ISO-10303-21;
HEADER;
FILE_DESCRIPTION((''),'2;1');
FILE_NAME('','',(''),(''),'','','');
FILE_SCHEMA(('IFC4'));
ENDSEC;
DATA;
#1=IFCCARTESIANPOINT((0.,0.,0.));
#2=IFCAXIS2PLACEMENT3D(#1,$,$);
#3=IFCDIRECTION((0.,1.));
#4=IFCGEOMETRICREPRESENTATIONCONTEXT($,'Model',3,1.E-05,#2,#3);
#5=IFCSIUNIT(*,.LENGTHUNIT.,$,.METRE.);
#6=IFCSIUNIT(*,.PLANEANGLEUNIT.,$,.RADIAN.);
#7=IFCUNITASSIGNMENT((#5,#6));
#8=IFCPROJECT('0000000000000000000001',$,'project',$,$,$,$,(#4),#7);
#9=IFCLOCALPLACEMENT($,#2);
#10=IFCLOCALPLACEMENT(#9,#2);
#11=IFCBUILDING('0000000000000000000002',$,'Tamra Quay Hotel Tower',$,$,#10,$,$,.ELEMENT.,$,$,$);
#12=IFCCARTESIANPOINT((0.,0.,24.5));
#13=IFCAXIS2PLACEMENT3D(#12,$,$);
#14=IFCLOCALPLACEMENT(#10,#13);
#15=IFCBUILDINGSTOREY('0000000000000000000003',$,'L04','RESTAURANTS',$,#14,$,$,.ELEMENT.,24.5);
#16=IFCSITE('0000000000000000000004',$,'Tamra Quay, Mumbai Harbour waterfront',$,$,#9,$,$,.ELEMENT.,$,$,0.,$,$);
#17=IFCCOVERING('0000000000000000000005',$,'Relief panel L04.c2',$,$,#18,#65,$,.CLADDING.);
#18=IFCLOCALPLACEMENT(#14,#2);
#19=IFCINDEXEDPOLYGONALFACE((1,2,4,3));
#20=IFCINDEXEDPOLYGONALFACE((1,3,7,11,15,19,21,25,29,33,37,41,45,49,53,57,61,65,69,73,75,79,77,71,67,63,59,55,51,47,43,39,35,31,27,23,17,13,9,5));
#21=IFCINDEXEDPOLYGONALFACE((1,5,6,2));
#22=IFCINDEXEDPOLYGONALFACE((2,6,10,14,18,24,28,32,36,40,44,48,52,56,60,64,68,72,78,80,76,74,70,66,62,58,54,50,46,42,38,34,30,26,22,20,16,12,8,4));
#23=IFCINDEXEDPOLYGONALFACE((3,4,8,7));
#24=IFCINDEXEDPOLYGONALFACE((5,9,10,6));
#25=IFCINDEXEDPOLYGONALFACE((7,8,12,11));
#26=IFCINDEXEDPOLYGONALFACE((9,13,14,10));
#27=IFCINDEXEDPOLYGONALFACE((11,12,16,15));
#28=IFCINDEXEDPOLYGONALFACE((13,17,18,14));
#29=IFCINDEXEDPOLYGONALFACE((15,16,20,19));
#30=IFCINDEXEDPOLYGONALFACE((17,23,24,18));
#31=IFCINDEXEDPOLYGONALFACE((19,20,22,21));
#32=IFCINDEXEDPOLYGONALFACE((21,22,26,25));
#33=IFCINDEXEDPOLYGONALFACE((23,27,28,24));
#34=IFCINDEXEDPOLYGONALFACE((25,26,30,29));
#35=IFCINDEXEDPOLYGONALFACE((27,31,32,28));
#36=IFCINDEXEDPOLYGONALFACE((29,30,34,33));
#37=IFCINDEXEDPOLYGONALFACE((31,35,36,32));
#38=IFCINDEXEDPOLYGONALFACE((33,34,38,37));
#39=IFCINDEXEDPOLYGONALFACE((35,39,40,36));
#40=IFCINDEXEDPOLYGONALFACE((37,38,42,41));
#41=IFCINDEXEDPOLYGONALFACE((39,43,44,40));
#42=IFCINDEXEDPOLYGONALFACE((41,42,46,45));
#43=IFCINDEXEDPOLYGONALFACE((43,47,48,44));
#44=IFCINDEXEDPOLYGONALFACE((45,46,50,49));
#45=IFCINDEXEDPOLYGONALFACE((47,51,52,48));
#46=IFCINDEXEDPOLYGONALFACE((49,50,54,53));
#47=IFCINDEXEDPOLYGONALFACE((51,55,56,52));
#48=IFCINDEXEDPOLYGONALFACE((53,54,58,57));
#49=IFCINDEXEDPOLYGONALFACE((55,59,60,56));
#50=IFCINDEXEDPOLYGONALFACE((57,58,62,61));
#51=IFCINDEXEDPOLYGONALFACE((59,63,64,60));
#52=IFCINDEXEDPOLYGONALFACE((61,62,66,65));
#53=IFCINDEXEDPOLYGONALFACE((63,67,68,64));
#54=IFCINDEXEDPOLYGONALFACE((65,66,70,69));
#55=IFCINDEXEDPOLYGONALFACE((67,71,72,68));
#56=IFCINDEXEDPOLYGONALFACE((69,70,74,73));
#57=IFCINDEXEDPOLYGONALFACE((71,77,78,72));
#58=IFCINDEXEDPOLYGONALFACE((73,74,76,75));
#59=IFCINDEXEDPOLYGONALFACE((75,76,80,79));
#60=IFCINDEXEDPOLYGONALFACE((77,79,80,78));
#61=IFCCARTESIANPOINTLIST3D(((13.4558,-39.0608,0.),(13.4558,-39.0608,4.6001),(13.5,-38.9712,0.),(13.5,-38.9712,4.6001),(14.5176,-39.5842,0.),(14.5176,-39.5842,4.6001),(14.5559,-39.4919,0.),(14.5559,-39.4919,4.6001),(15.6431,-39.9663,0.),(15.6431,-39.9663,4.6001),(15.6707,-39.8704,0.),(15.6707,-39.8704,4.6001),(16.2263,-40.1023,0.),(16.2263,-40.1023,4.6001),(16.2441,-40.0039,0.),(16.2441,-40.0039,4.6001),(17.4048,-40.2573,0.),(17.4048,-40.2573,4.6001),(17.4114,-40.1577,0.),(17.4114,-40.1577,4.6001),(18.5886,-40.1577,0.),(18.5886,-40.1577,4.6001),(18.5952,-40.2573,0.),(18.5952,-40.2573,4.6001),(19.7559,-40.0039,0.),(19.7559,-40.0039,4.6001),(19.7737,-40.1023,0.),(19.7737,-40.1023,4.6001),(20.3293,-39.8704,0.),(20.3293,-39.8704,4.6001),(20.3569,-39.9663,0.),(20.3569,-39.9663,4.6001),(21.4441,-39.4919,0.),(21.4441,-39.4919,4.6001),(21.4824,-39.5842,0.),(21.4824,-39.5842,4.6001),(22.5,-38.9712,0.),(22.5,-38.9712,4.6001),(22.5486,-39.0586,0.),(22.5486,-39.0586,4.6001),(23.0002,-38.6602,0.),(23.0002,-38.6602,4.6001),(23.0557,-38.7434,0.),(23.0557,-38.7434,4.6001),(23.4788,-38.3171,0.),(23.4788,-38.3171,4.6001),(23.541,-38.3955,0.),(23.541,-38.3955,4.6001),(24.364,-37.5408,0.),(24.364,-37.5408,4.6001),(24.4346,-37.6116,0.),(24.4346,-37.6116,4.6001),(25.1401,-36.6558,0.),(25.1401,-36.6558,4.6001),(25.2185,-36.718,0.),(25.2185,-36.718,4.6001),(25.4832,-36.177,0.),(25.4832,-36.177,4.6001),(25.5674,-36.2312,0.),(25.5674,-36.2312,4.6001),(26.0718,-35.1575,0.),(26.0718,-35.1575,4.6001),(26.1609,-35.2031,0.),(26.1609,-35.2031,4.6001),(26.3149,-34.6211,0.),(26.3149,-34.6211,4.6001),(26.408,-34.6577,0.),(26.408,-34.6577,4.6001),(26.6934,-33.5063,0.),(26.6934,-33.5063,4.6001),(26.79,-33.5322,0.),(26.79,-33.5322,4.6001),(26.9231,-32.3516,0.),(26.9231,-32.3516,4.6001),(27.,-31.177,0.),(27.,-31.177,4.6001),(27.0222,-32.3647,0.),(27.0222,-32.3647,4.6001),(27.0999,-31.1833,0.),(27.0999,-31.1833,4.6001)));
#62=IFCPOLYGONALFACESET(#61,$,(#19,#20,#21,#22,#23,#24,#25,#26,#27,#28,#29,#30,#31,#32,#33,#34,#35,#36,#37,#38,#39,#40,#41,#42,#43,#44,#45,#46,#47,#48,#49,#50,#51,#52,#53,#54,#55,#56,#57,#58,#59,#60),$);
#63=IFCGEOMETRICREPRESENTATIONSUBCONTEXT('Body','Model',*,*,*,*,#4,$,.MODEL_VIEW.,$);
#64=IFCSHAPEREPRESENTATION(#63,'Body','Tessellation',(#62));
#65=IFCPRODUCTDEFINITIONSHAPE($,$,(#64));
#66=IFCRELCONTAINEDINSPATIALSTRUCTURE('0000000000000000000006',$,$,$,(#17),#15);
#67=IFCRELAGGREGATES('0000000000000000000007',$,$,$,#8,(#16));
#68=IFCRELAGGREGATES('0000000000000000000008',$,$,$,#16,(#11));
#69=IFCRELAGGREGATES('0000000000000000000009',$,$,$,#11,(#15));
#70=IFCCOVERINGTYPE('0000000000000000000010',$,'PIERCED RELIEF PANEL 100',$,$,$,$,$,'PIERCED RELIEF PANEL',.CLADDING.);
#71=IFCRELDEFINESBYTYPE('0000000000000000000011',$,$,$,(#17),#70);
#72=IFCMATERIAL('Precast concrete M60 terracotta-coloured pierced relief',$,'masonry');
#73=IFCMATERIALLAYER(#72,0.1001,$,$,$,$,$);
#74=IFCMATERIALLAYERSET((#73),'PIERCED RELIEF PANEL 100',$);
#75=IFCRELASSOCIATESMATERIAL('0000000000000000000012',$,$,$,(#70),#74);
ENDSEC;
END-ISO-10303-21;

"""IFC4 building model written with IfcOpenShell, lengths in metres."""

from ifc_helpers import new_model, si_unit, direction, frame, origin, place, context, subcontext, project, spatial, polyline, outline, extrude, material, layer, layer_set, type_object, element, save


model = new_model("IFC4")

# Units and contexts
model_context = context("Model", 3, precision=1e-05, world=origin(), true_north=direction((0.0, 1.0)))
body_context = subcontext(model_context, "Body", "Model", "MODEL_VIEW")
ifc_project = project(units=[si_unit("LENGTHUNIT", "METRE"), si_unit("PLANEANGLEUNIT", "RADIAN")], contexts=[model_context])

# Site, building, storey
site_placement = place(None, origin())
site = spatial("IfcSite", under=ifc_project, at=site_placement, Name="Tamra Quay, Mumbai Harbour waterfront", CompositionType="ELEMENT", RefElevation=0.0)
building_placement = place(site_placement, origin())
building = spatial("IfcBuilding", under=site, at=building_placement, Name="Tamra Quay Hotel Tower", CompositionType="ELEMENT")
storey_placement = place(building_placement, frame((0.0, 0.0, 24.5)))
storey = spatial("IfcBuildingStorey", under=building, at=storey_placement, Name="L04", Description="RESTAURANTS", CompositionType="ELEMENT", Elevation=24.5)

# Covering
ifc_material_1 = material(Name="Precast concrete M60 terracotta-coloured pierced relief", Category="masonry")
ifc_layer_1 = layer(ifc_material_1, 0.1001)
ifc_layer_set_1 = layer_set([ifc_layer_1], Name="PIERCED RELIEF PANEL 100")
covering_type = type_object("IfcCoveringType", Name="PIERCED RELIEF PANEL 100", ElementType="PIERCED RELIEF PANEL", PredefinedType="CLADDING", material=ifc_layer_set_1)
covering_placement = place(storey_placement, origin())
element("IfcCovering", 1, at=covering_placement, inside=storey, type_object=covering_type, Name="Relief panel L04.c2", PredefinedType="CLADDING", context=body_context, shape_type="SweptSolid", body=[
    extrude(outline(polyline([(13.5, -38.9712), (14.5559, -39.4919), (15.6707, -39.8704), (16.2441, -40.0039), (17.4114, -40.1577), (18.5886, -40.1577), (19.7559, -40.0039), (20.3293, -39.8704), (21.4441, -39.4919), (22.5, -38.9712), (23.0002, -38.6602), (23.4788, -38.3171), (24.364, -37.5408), (25.1401, -36.6558), (25.4832, -36.177), (26.0718, -35.1575), (26.3149, -34.6211), (26.6934, -33.5063), (26.9231, -32.3516), (27.0, -31.177), (27.0999, -31.1833), (27.0222, -32.3647), (26.79, -33.5322), (26.408, -34.6577), (26.1609, -35.2031), (25.5674, -36.2312), (25.2185, -36.718), (24.4346, -37.6116), (23.541, -38.3955), (23.0557, -38.7434), (22.5486, -39.0586), (21.4824, -39.5842), (20.3569, -39.9663), (19.7737, -40.1023), (18.5952, -40.2573), (17.4048, -40.2573), (16.2263, -40.1023), (15.6431, -39.9663), (14.5176, -39.5842), (13.4558, -39.0608), (13.5, -38.9712)])), origin(), (0.0, 0.0, 1.0), 4.6001),
])

save(model, "model.ifc")
